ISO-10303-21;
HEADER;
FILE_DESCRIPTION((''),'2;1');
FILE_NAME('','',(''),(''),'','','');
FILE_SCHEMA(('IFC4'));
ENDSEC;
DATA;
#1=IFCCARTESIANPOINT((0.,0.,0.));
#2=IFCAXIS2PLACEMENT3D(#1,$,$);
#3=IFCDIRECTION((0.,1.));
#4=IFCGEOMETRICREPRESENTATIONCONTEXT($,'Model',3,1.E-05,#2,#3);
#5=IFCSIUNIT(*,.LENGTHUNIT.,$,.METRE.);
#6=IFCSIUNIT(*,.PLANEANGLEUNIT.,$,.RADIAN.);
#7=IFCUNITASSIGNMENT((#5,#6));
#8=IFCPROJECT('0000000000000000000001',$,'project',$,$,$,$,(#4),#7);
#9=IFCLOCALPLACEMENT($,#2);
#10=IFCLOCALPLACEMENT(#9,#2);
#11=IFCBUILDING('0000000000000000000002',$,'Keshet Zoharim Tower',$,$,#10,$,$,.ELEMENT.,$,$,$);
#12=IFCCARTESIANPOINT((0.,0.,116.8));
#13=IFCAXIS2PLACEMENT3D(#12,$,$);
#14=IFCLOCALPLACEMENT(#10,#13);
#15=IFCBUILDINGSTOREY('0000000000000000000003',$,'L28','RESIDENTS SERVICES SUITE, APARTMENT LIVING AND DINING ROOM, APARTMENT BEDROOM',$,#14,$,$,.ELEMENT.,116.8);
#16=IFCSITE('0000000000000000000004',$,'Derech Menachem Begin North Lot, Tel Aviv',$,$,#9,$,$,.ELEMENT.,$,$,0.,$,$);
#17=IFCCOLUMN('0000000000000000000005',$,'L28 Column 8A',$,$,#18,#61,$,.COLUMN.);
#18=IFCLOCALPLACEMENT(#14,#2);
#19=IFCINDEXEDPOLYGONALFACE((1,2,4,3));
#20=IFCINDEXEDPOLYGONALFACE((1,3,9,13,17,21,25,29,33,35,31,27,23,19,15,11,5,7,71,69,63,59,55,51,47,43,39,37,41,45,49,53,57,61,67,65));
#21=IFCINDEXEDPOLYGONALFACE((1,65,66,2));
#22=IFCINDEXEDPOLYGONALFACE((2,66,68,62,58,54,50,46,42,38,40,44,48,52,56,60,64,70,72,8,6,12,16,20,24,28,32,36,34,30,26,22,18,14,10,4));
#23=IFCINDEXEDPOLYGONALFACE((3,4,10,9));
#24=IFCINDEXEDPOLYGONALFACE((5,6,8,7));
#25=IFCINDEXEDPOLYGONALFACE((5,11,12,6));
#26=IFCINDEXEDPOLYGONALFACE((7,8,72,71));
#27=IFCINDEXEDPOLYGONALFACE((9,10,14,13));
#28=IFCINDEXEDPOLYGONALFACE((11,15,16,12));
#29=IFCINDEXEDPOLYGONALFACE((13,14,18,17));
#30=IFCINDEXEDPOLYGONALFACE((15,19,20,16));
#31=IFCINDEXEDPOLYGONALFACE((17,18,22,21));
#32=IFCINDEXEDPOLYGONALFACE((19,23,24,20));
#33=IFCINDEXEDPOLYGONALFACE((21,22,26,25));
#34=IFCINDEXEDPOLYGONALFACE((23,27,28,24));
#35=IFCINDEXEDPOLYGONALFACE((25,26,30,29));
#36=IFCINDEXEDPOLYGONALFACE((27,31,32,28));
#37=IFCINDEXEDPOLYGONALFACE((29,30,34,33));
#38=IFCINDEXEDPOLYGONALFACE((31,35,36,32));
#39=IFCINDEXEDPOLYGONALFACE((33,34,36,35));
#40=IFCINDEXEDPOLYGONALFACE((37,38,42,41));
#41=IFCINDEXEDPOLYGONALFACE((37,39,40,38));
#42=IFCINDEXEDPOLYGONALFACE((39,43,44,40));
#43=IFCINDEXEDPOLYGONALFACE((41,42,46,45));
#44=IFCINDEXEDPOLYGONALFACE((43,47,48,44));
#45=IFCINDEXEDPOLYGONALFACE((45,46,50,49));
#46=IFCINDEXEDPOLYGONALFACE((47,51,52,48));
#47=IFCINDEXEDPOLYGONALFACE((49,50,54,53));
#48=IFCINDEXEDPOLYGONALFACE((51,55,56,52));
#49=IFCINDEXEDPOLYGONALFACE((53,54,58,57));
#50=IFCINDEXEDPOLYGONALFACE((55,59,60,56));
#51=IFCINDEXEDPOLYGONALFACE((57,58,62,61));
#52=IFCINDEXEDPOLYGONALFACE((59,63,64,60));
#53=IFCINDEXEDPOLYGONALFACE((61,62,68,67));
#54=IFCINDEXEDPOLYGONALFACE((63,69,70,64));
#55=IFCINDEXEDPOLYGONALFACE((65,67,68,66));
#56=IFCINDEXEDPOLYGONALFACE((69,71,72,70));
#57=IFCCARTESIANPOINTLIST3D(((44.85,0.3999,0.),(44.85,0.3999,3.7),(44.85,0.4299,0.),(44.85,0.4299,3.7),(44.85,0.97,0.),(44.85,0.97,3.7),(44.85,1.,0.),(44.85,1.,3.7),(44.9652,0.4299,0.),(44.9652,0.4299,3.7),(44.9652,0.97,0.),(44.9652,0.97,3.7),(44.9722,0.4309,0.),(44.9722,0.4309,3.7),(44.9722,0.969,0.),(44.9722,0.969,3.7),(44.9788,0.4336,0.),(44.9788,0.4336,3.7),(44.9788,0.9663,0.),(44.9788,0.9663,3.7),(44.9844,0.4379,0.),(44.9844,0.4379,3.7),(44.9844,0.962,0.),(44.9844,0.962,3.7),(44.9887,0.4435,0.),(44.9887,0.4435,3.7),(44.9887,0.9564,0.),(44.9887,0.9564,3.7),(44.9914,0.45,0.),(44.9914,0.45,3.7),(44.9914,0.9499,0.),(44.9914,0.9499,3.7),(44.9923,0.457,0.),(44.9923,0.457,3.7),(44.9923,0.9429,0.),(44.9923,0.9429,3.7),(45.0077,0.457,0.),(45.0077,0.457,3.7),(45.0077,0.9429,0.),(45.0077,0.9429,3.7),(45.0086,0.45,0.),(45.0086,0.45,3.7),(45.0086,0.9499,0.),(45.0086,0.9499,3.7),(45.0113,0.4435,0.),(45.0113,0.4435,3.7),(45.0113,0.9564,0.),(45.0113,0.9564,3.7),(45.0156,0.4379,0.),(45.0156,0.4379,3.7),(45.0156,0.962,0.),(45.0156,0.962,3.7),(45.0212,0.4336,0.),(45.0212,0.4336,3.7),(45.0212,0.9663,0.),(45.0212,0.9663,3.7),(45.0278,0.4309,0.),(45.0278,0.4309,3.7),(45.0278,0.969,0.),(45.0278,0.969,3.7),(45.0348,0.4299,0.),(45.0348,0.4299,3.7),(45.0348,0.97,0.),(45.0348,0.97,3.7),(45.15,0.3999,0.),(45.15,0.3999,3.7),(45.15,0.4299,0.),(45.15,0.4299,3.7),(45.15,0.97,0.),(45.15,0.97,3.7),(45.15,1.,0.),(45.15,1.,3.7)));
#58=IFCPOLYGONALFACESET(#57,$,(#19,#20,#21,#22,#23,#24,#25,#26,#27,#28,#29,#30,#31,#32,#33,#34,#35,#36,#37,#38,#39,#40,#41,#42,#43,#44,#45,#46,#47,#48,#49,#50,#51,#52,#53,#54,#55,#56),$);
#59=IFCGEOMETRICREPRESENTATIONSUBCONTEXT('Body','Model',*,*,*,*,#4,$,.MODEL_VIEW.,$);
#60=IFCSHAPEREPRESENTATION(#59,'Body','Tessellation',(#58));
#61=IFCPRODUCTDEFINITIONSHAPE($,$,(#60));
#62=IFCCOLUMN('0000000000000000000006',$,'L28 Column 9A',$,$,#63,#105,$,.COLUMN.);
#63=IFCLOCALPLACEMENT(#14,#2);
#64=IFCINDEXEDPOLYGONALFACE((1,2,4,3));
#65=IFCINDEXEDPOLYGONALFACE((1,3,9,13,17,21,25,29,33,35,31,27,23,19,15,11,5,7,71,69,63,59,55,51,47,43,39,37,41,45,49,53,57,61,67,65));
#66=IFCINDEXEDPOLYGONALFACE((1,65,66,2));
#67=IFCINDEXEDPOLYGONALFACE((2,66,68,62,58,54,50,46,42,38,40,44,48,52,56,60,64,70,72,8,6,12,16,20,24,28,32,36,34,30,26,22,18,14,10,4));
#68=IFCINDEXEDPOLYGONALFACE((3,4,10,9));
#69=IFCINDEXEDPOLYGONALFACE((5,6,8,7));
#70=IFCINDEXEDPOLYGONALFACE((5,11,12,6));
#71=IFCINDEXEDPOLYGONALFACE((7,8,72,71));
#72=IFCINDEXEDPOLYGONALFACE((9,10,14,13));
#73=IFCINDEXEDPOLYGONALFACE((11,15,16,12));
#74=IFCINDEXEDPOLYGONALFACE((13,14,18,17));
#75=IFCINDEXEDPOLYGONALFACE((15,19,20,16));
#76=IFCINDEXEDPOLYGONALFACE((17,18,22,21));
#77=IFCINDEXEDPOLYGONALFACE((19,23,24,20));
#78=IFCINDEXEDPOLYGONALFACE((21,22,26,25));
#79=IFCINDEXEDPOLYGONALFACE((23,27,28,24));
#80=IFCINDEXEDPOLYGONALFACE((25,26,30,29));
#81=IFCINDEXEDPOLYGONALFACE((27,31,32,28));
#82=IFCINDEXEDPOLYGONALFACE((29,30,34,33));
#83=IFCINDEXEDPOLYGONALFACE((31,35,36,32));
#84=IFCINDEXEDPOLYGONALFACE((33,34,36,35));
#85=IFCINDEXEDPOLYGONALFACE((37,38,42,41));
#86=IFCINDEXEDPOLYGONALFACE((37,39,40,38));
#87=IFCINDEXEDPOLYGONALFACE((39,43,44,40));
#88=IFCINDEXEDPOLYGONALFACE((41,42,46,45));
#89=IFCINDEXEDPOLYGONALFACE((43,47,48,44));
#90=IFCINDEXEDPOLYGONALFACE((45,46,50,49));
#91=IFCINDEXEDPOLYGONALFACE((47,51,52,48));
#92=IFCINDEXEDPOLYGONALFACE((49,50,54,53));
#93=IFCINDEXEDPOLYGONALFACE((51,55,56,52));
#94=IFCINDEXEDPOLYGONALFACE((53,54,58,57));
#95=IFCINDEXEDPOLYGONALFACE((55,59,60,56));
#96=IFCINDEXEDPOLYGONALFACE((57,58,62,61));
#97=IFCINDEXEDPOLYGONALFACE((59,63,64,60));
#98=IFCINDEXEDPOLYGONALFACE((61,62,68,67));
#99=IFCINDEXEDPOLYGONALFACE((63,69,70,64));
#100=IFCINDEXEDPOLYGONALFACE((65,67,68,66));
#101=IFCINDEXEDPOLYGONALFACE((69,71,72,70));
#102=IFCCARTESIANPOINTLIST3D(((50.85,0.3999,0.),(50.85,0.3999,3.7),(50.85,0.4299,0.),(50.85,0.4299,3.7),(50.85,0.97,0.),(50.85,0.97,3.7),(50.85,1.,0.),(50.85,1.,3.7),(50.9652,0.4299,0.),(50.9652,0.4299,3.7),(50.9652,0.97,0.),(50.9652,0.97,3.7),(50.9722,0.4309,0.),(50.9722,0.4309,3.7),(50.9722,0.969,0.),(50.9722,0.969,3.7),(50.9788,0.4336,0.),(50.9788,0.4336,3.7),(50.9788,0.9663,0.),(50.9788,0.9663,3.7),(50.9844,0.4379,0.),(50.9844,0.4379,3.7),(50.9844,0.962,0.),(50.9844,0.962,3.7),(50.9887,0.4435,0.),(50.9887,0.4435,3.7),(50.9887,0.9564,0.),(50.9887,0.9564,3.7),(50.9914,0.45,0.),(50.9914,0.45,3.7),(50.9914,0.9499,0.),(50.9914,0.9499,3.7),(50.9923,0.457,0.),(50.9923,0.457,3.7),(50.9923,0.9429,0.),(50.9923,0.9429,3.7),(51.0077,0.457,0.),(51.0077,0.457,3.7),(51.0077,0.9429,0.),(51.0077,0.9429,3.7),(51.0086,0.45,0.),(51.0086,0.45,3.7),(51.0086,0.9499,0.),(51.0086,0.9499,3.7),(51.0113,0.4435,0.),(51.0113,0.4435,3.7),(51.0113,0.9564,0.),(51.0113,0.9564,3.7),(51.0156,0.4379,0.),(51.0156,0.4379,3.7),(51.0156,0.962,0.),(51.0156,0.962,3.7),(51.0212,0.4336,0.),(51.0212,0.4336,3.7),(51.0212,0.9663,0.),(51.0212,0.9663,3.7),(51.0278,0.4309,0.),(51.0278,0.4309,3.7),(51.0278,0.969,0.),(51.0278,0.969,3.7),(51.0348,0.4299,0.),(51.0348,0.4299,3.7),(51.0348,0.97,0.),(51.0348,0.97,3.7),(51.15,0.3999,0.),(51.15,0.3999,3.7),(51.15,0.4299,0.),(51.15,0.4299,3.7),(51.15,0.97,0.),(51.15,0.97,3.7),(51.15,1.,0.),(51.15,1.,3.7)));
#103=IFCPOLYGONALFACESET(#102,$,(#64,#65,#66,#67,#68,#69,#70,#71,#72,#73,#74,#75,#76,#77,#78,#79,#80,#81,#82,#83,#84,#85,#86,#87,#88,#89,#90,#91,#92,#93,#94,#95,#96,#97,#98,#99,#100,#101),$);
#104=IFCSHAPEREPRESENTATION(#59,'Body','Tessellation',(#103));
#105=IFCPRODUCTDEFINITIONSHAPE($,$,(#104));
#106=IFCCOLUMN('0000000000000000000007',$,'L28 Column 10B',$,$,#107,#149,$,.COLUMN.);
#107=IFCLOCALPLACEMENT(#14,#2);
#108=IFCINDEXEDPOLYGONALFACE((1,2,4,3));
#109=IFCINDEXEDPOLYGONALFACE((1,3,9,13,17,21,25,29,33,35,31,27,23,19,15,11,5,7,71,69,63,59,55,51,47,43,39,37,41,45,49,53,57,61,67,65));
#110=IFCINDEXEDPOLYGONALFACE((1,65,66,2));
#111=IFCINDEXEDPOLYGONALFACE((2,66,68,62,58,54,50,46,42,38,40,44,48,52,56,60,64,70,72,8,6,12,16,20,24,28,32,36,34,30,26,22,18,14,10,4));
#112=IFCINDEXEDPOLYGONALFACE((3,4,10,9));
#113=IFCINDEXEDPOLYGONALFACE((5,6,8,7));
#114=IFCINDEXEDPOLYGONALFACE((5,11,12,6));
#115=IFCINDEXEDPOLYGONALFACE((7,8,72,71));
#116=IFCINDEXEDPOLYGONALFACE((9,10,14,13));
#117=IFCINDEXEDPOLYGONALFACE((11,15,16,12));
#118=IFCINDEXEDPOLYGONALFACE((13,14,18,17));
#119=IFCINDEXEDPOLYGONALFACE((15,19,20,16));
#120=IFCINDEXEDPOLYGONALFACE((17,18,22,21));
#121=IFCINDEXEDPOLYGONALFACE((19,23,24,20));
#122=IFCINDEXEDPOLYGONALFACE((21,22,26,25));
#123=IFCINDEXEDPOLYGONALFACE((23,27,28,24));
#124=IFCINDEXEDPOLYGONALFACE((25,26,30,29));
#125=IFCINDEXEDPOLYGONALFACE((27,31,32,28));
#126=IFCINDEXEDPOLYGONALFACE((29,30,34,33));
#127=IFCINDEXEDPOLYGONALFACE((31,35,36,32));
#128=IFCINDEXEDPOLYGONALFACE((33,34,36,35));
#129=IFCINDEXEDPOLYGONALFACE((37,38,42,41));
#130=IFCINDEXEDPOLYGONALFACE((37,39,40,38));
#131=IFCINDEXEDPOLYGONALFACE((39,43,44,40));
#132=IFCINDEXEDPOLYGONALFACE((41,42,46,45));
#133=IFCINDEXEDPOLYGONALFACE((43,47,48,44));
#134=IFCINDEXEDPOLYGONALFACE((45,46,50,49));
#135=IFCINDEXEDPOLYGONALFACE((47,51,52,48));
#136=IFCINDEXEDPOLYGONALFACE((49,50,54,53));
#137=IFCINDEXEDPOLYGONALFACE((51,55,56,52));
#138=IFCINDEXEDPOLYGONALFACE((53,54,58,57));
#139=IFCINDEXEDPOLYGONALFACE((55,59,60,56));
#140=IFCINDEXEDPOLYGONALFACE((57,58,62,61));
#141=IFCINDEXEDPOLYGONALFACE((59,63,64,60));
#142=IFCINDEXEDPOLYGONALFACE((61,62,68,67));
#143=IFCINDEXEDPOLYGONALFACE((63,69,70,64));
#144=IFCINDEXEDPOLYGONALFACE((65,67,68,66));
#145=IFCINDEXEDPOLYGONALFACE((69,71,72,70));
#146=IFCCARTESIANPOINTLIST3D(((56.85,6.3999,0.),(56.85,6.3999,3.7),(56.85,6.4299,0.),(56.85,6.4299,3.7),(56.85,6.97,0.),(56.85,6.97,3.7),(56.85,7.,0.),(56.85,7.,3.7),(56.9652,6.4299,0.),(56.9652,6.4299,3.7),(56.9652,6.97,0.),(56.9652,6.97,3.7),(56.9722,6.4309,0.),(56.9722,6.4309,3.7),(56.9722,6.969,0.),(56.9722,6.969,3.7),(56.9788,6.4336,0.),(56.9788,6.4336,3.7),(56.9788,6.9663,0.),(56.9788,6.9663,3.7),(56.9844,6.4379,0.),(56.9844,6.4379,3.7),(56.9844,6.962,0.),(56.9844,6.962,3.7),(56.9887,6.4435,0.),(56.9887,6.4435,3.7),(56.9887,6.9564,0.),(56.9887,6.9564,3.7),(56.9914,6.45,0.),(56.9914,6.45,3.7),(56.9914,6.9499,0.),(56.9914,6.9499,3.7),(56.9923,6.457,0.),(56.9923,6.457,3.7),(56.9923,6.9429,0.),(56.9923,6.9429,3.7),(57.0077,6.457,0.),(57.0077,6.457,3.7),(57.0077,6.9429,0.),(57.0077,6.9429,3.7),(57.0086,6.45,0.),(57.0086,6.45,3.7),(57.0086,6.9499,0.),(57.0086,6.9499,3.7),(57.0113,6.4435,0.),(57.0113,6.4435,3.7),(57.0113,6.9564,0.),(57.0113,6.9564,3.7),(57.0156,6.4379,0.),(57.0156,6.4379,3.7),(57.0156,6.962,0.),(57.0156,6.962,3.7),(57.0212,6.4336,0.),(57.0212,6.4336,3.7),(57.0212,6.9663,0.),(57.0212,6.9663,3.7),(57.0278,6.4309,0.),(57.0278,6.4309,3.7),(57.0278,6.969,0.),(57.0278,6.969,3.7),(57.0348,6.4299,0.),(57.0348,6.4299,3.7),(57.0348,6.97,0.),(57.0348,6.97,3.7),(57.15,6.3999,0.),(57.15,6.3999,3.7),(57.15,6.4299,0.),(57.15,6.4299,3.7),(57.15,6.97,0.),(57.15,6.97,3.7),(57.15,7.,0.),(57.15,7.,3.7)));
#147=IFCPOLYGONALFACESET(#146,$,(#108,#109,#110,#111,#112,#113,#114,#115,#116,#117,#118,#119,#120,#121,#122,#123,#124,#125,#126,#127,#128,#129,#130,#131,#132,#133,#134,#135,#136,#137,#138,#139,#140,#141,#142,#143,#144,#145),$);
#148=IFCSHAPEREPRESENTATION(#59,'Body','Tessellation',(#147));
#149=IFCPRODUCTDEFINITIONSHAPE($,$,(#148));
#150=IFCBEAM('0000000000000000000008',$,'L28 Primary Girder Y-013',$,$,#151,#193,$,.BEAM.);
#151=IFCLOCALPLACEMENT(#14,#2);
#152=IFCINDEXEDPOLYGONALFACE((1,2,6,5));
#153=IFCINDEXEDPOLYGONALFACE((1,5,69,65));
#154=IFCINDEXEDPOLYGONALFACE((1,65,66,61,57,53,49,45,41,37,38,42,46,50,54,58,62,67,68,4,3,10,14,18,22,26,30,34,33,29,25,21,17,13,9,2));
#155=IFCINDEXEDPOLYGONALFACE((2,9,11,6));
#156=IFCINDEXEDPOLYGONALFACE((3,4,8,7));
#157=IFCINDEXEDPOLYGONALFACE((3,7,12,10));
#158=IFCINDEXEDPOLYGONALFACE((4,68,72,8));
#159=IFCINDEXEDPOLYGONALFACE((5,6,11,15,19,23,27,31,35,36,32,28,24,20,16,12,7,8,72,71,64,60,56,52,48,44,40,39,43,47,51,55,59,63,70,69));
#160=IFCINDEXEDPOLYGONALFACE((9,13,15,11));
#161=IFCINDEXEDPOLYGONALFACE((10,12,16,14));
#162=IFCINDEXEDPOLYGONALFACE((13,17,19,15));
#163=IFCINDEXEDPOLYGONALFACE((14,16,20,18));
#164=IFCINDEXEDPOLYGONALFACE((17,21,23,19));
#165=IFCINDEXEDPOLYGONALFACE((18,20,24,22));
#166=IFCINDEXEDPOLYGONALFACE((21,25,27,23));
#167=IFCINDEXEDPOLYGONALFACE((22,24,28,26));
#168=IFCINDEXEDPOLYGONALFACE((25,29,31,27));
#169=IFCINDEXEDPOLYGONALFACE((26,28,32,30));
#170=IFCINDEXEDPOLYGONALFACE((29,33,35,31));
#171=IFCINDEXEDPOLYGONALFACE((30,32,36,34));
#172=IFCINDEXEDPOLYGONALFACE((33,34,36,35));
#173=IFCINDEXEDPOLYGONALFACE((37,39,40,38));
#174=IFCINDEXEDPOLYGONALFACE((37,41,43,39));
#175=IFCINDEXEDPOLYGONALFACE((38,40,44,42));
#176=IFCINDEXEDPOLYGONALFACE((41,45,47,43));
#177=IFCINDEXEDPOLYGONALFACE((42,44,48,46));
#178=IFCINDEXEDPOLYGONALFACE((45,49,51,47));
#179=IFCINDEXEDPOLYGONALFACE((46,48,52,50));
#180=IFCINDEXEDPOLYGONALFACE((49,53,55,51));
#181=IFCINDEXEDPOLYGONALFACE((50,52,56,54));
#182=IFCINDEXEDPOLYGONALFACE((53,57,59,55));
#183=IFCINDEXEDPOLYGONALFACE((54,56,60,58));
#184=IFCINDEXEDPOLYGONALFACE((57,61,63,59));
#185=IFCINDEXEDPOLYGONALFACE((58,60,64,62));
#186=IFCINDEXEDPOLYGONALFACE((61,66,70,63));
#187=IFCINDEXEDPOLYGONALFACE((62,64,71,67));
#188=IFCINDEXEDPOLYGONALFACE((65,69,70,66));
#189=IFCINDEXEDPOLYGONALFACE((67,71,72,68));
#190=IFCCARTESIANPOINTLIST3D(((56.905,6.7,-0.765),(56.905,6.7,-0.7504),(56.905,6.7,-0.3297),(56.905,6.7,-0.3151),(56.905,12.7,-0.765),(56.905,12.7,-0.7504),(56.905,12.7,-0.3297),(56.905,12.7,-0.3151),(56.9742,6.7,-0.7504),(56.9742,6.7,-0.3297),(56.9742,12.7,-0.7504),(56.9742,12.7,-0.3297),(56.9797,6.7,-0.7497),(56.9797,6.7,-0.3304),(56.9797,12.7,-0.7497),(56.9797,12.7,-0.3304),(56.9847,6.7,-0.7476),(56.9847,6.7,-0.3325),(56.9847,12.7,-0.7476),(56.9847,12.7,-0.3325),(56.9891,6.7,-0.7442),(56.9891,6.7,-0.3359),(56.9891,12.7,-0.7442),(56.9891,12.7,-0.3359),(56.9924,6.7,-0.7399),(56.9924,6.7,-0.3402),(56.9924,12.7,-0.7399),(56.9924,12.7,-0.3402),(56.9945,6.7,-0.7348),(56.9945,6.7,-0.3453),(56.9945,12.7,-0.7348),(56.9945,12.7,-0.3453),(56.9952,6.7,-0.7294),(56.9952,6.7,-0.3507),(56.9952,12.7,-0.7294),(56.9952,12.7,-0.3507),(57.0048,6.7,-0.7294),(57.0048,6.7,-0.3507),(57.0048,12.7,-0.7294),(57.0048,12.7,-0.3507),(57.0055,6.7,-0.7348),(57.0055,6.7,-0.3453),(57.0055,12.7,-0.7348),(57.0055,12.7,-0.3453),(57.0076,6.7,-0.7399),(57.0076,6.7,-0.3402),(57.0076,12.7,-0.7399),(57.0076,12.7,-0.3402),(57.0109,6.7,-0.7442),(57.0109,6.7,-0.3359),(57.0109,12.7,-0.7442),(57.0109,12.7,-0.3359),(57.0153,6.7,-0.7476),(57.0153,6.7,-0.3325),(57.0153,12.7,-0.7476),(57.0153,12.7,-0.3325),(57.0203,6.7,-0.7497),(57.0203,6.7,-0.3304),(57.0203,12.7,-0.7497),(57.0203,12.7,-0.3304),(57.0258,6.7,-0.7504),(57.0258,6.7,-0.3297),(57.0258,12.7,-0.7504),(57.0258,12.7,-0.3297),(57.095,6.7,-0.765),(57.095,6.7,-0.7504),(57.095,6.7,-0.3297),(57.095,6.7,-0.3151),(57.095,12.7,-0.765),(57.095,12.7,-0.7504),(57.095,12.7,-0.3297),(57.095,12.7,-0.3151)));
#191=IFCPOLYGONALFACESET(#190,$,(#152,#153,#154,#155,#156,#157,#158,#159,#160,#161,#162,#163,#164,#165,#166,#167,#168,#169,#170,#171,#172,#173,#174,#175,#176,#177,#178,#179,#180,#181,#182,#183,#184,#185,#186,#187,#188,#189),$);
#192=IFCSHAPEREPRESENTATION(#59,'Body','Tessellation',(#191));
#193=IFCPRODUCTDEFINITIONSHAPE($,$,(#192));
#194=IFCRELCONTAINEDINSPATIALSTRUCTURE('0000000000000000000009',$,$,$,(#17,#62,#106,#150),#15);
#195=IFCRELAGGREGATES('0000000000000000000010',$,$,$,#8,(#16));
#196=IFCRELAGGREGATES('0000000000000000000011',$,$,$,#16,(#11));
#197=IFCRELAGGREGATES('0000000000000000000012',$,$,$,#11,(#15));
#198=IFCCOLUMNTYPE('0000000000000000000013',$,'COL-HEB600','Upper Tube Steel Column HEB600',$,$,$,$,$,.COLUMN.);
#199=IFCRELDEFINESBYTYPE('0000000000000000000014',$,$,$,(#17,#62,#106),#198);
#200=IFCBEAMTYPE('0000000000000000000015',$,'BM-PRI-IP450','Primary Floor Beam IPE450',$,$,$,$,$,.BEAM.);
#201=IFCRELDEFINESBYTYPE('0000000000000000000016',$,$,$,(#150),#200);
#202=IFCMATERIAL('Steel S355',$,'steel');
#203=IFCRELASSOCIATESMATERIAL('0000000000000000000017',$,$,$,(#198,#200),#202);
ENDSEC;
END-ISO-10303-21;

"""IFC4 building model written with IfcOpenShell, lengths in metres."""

from ifc_helpers import new_model, si_unit, direction, frame, origin, origin_2d, place, context, subcontext, project, spatial, i_section, extrude, material, material_profile, profile_set, type_object, element, save


model = new_model("IFC4")

# Units and contexts
model_context = context("Model", 3, precision=1e-05, world=origin(), true_north=direction((0.0, 1.0)))
body_context = subcontext(model_context, "Body", "Model", "MODEL_VIEW")
ifc_project = project(units=[si_unit("LENGTHUNIT", "METRE"), si_unit("PLANEANGLEUNIT", "RADIAN")], contexts=[model_context])

# Site, building, storey
site_placement = place(None, origin())
site = spatial("IfcSite", under=ifc_project, at=site_placement, Name="Derech Menachem Begin North Lot, Tel Aviv", CompositionType="ELEMENT", RefElevation=0.0)
building_placement = place(site_placement, origin())
building = spatial("IfcBuilding", under=site, at=building_placement, Name="Keshet Zoharim Tower", CompositionType="ELEMENT")
storey_placement = place(building_placement, frame((0.0, 0.0, 116.8)))
storey = spatial("IfcBuildingStorey", under=building, at=storey_placement, Name="L28", Description="RESIDENTS SERVICES SUITE, APARTMENT LIVING AND DINING ROOM, APARTMENT BEDROOM", CompositionType="ELEMENT", Elevation=116.8)

# Columns
ifc_material_1 = material(Name="Steel S355", Category="steel")
ifc_material_profile_1 = material_profile(ifc_material_1, i_section(OverallWidth=0.3, OverallDepth=0.6001, WebThickness=0.0154, FlangeThickness=0.03, FilletRadius=0.0271, at=origin_2d()), Name="HEB600")
ifc_profile_set_1 = profile_set([ifc_material_profile_1], Name="Steel S355")
column_type = type_object("IfcColumnType", Name="COL-HEB600", Description="Upper Tube Steel Column HEB600", PredefinedType="COLUMN", material=ifc_profile_set_1)
for number, where, z_axis, x_axis, name in (
    (1, (45.0, 0.7, 0.0), (0.0, 0.0, 1.0), (1.0, 0.0, 0.0), "L28 Column 8A"),
    (2, (51.0, 0.7, 0.0), (0.0, 0.0, 1.0), (1.0, 0.0, 0.0), "L28 Column 9A"),
    (3, (57.0, 6.7, 0.0), (0.0, 0.0, 1.0), (1.0, 0.0, 0.0), "L28 Column 10B"),
):
    element("IfcColumn", number, at=place(storey_placement, frame(where, z_axis=z_axis, x_axis=x_axis)), inside=storey, type_object=column_type, Name=name, PredefinedType="COLUMN", context=body_context, shape_type="SweptSolid", body=[
        extrude(i_section(OverallWidth=0.3, OverallDepth=0.6001, WebThickness=0.0154, FlangeThickness=0.03, FilletRadius=0.0271, at=origin_2d()), origin(), (0.0, 0.0, 1.0), 3.7),
    ])

# Beam
ifc_material_profile_2 = material_profile(ifc_material_1, i_section(OverallWidth=0.1899, OverallDepth=0.45, WebThickness=0.0095, FlangeThickness=0.0146, FilletRadius=0.021, at=origin_2d()), Name="IPE450")
ifc_profile_set_2 = profile_set([ifc_material_profile_2], Name="Steel S355")
beam_type_1 = type_object("IfcBeamType", Name="BM-PRI-IP450", Description="Primary Floor Beam IPE450", PredefinedType="BEAM", material=ifc_profile_set_2)
beam_1_placement = place(storey_placement, frame((57.0, 6.7, -0.54), z_axis=(0.0, 1.0, 0.0), x_axis=(-1.0, 0.0, 0.0)))
element("IfcBeam", 4, at=beam_1_placement, inside=storey, type_object=beam_type_1, Name="L28 Primary Girder Y-013", PredefinedType="BEAM", context=body_context, shape_type="SweptSolid", body=[
    extrude(i_section(OverallWidth=0.1899, OverallDepth=0.45, WebThickness=0.0095, FlangeThickness=0.0146, FilletRadius=0.021, at=origin_2d()), origin(), (0.0, 0.0, 1.0), 6.0),
])

save(model, "model.ifc")
